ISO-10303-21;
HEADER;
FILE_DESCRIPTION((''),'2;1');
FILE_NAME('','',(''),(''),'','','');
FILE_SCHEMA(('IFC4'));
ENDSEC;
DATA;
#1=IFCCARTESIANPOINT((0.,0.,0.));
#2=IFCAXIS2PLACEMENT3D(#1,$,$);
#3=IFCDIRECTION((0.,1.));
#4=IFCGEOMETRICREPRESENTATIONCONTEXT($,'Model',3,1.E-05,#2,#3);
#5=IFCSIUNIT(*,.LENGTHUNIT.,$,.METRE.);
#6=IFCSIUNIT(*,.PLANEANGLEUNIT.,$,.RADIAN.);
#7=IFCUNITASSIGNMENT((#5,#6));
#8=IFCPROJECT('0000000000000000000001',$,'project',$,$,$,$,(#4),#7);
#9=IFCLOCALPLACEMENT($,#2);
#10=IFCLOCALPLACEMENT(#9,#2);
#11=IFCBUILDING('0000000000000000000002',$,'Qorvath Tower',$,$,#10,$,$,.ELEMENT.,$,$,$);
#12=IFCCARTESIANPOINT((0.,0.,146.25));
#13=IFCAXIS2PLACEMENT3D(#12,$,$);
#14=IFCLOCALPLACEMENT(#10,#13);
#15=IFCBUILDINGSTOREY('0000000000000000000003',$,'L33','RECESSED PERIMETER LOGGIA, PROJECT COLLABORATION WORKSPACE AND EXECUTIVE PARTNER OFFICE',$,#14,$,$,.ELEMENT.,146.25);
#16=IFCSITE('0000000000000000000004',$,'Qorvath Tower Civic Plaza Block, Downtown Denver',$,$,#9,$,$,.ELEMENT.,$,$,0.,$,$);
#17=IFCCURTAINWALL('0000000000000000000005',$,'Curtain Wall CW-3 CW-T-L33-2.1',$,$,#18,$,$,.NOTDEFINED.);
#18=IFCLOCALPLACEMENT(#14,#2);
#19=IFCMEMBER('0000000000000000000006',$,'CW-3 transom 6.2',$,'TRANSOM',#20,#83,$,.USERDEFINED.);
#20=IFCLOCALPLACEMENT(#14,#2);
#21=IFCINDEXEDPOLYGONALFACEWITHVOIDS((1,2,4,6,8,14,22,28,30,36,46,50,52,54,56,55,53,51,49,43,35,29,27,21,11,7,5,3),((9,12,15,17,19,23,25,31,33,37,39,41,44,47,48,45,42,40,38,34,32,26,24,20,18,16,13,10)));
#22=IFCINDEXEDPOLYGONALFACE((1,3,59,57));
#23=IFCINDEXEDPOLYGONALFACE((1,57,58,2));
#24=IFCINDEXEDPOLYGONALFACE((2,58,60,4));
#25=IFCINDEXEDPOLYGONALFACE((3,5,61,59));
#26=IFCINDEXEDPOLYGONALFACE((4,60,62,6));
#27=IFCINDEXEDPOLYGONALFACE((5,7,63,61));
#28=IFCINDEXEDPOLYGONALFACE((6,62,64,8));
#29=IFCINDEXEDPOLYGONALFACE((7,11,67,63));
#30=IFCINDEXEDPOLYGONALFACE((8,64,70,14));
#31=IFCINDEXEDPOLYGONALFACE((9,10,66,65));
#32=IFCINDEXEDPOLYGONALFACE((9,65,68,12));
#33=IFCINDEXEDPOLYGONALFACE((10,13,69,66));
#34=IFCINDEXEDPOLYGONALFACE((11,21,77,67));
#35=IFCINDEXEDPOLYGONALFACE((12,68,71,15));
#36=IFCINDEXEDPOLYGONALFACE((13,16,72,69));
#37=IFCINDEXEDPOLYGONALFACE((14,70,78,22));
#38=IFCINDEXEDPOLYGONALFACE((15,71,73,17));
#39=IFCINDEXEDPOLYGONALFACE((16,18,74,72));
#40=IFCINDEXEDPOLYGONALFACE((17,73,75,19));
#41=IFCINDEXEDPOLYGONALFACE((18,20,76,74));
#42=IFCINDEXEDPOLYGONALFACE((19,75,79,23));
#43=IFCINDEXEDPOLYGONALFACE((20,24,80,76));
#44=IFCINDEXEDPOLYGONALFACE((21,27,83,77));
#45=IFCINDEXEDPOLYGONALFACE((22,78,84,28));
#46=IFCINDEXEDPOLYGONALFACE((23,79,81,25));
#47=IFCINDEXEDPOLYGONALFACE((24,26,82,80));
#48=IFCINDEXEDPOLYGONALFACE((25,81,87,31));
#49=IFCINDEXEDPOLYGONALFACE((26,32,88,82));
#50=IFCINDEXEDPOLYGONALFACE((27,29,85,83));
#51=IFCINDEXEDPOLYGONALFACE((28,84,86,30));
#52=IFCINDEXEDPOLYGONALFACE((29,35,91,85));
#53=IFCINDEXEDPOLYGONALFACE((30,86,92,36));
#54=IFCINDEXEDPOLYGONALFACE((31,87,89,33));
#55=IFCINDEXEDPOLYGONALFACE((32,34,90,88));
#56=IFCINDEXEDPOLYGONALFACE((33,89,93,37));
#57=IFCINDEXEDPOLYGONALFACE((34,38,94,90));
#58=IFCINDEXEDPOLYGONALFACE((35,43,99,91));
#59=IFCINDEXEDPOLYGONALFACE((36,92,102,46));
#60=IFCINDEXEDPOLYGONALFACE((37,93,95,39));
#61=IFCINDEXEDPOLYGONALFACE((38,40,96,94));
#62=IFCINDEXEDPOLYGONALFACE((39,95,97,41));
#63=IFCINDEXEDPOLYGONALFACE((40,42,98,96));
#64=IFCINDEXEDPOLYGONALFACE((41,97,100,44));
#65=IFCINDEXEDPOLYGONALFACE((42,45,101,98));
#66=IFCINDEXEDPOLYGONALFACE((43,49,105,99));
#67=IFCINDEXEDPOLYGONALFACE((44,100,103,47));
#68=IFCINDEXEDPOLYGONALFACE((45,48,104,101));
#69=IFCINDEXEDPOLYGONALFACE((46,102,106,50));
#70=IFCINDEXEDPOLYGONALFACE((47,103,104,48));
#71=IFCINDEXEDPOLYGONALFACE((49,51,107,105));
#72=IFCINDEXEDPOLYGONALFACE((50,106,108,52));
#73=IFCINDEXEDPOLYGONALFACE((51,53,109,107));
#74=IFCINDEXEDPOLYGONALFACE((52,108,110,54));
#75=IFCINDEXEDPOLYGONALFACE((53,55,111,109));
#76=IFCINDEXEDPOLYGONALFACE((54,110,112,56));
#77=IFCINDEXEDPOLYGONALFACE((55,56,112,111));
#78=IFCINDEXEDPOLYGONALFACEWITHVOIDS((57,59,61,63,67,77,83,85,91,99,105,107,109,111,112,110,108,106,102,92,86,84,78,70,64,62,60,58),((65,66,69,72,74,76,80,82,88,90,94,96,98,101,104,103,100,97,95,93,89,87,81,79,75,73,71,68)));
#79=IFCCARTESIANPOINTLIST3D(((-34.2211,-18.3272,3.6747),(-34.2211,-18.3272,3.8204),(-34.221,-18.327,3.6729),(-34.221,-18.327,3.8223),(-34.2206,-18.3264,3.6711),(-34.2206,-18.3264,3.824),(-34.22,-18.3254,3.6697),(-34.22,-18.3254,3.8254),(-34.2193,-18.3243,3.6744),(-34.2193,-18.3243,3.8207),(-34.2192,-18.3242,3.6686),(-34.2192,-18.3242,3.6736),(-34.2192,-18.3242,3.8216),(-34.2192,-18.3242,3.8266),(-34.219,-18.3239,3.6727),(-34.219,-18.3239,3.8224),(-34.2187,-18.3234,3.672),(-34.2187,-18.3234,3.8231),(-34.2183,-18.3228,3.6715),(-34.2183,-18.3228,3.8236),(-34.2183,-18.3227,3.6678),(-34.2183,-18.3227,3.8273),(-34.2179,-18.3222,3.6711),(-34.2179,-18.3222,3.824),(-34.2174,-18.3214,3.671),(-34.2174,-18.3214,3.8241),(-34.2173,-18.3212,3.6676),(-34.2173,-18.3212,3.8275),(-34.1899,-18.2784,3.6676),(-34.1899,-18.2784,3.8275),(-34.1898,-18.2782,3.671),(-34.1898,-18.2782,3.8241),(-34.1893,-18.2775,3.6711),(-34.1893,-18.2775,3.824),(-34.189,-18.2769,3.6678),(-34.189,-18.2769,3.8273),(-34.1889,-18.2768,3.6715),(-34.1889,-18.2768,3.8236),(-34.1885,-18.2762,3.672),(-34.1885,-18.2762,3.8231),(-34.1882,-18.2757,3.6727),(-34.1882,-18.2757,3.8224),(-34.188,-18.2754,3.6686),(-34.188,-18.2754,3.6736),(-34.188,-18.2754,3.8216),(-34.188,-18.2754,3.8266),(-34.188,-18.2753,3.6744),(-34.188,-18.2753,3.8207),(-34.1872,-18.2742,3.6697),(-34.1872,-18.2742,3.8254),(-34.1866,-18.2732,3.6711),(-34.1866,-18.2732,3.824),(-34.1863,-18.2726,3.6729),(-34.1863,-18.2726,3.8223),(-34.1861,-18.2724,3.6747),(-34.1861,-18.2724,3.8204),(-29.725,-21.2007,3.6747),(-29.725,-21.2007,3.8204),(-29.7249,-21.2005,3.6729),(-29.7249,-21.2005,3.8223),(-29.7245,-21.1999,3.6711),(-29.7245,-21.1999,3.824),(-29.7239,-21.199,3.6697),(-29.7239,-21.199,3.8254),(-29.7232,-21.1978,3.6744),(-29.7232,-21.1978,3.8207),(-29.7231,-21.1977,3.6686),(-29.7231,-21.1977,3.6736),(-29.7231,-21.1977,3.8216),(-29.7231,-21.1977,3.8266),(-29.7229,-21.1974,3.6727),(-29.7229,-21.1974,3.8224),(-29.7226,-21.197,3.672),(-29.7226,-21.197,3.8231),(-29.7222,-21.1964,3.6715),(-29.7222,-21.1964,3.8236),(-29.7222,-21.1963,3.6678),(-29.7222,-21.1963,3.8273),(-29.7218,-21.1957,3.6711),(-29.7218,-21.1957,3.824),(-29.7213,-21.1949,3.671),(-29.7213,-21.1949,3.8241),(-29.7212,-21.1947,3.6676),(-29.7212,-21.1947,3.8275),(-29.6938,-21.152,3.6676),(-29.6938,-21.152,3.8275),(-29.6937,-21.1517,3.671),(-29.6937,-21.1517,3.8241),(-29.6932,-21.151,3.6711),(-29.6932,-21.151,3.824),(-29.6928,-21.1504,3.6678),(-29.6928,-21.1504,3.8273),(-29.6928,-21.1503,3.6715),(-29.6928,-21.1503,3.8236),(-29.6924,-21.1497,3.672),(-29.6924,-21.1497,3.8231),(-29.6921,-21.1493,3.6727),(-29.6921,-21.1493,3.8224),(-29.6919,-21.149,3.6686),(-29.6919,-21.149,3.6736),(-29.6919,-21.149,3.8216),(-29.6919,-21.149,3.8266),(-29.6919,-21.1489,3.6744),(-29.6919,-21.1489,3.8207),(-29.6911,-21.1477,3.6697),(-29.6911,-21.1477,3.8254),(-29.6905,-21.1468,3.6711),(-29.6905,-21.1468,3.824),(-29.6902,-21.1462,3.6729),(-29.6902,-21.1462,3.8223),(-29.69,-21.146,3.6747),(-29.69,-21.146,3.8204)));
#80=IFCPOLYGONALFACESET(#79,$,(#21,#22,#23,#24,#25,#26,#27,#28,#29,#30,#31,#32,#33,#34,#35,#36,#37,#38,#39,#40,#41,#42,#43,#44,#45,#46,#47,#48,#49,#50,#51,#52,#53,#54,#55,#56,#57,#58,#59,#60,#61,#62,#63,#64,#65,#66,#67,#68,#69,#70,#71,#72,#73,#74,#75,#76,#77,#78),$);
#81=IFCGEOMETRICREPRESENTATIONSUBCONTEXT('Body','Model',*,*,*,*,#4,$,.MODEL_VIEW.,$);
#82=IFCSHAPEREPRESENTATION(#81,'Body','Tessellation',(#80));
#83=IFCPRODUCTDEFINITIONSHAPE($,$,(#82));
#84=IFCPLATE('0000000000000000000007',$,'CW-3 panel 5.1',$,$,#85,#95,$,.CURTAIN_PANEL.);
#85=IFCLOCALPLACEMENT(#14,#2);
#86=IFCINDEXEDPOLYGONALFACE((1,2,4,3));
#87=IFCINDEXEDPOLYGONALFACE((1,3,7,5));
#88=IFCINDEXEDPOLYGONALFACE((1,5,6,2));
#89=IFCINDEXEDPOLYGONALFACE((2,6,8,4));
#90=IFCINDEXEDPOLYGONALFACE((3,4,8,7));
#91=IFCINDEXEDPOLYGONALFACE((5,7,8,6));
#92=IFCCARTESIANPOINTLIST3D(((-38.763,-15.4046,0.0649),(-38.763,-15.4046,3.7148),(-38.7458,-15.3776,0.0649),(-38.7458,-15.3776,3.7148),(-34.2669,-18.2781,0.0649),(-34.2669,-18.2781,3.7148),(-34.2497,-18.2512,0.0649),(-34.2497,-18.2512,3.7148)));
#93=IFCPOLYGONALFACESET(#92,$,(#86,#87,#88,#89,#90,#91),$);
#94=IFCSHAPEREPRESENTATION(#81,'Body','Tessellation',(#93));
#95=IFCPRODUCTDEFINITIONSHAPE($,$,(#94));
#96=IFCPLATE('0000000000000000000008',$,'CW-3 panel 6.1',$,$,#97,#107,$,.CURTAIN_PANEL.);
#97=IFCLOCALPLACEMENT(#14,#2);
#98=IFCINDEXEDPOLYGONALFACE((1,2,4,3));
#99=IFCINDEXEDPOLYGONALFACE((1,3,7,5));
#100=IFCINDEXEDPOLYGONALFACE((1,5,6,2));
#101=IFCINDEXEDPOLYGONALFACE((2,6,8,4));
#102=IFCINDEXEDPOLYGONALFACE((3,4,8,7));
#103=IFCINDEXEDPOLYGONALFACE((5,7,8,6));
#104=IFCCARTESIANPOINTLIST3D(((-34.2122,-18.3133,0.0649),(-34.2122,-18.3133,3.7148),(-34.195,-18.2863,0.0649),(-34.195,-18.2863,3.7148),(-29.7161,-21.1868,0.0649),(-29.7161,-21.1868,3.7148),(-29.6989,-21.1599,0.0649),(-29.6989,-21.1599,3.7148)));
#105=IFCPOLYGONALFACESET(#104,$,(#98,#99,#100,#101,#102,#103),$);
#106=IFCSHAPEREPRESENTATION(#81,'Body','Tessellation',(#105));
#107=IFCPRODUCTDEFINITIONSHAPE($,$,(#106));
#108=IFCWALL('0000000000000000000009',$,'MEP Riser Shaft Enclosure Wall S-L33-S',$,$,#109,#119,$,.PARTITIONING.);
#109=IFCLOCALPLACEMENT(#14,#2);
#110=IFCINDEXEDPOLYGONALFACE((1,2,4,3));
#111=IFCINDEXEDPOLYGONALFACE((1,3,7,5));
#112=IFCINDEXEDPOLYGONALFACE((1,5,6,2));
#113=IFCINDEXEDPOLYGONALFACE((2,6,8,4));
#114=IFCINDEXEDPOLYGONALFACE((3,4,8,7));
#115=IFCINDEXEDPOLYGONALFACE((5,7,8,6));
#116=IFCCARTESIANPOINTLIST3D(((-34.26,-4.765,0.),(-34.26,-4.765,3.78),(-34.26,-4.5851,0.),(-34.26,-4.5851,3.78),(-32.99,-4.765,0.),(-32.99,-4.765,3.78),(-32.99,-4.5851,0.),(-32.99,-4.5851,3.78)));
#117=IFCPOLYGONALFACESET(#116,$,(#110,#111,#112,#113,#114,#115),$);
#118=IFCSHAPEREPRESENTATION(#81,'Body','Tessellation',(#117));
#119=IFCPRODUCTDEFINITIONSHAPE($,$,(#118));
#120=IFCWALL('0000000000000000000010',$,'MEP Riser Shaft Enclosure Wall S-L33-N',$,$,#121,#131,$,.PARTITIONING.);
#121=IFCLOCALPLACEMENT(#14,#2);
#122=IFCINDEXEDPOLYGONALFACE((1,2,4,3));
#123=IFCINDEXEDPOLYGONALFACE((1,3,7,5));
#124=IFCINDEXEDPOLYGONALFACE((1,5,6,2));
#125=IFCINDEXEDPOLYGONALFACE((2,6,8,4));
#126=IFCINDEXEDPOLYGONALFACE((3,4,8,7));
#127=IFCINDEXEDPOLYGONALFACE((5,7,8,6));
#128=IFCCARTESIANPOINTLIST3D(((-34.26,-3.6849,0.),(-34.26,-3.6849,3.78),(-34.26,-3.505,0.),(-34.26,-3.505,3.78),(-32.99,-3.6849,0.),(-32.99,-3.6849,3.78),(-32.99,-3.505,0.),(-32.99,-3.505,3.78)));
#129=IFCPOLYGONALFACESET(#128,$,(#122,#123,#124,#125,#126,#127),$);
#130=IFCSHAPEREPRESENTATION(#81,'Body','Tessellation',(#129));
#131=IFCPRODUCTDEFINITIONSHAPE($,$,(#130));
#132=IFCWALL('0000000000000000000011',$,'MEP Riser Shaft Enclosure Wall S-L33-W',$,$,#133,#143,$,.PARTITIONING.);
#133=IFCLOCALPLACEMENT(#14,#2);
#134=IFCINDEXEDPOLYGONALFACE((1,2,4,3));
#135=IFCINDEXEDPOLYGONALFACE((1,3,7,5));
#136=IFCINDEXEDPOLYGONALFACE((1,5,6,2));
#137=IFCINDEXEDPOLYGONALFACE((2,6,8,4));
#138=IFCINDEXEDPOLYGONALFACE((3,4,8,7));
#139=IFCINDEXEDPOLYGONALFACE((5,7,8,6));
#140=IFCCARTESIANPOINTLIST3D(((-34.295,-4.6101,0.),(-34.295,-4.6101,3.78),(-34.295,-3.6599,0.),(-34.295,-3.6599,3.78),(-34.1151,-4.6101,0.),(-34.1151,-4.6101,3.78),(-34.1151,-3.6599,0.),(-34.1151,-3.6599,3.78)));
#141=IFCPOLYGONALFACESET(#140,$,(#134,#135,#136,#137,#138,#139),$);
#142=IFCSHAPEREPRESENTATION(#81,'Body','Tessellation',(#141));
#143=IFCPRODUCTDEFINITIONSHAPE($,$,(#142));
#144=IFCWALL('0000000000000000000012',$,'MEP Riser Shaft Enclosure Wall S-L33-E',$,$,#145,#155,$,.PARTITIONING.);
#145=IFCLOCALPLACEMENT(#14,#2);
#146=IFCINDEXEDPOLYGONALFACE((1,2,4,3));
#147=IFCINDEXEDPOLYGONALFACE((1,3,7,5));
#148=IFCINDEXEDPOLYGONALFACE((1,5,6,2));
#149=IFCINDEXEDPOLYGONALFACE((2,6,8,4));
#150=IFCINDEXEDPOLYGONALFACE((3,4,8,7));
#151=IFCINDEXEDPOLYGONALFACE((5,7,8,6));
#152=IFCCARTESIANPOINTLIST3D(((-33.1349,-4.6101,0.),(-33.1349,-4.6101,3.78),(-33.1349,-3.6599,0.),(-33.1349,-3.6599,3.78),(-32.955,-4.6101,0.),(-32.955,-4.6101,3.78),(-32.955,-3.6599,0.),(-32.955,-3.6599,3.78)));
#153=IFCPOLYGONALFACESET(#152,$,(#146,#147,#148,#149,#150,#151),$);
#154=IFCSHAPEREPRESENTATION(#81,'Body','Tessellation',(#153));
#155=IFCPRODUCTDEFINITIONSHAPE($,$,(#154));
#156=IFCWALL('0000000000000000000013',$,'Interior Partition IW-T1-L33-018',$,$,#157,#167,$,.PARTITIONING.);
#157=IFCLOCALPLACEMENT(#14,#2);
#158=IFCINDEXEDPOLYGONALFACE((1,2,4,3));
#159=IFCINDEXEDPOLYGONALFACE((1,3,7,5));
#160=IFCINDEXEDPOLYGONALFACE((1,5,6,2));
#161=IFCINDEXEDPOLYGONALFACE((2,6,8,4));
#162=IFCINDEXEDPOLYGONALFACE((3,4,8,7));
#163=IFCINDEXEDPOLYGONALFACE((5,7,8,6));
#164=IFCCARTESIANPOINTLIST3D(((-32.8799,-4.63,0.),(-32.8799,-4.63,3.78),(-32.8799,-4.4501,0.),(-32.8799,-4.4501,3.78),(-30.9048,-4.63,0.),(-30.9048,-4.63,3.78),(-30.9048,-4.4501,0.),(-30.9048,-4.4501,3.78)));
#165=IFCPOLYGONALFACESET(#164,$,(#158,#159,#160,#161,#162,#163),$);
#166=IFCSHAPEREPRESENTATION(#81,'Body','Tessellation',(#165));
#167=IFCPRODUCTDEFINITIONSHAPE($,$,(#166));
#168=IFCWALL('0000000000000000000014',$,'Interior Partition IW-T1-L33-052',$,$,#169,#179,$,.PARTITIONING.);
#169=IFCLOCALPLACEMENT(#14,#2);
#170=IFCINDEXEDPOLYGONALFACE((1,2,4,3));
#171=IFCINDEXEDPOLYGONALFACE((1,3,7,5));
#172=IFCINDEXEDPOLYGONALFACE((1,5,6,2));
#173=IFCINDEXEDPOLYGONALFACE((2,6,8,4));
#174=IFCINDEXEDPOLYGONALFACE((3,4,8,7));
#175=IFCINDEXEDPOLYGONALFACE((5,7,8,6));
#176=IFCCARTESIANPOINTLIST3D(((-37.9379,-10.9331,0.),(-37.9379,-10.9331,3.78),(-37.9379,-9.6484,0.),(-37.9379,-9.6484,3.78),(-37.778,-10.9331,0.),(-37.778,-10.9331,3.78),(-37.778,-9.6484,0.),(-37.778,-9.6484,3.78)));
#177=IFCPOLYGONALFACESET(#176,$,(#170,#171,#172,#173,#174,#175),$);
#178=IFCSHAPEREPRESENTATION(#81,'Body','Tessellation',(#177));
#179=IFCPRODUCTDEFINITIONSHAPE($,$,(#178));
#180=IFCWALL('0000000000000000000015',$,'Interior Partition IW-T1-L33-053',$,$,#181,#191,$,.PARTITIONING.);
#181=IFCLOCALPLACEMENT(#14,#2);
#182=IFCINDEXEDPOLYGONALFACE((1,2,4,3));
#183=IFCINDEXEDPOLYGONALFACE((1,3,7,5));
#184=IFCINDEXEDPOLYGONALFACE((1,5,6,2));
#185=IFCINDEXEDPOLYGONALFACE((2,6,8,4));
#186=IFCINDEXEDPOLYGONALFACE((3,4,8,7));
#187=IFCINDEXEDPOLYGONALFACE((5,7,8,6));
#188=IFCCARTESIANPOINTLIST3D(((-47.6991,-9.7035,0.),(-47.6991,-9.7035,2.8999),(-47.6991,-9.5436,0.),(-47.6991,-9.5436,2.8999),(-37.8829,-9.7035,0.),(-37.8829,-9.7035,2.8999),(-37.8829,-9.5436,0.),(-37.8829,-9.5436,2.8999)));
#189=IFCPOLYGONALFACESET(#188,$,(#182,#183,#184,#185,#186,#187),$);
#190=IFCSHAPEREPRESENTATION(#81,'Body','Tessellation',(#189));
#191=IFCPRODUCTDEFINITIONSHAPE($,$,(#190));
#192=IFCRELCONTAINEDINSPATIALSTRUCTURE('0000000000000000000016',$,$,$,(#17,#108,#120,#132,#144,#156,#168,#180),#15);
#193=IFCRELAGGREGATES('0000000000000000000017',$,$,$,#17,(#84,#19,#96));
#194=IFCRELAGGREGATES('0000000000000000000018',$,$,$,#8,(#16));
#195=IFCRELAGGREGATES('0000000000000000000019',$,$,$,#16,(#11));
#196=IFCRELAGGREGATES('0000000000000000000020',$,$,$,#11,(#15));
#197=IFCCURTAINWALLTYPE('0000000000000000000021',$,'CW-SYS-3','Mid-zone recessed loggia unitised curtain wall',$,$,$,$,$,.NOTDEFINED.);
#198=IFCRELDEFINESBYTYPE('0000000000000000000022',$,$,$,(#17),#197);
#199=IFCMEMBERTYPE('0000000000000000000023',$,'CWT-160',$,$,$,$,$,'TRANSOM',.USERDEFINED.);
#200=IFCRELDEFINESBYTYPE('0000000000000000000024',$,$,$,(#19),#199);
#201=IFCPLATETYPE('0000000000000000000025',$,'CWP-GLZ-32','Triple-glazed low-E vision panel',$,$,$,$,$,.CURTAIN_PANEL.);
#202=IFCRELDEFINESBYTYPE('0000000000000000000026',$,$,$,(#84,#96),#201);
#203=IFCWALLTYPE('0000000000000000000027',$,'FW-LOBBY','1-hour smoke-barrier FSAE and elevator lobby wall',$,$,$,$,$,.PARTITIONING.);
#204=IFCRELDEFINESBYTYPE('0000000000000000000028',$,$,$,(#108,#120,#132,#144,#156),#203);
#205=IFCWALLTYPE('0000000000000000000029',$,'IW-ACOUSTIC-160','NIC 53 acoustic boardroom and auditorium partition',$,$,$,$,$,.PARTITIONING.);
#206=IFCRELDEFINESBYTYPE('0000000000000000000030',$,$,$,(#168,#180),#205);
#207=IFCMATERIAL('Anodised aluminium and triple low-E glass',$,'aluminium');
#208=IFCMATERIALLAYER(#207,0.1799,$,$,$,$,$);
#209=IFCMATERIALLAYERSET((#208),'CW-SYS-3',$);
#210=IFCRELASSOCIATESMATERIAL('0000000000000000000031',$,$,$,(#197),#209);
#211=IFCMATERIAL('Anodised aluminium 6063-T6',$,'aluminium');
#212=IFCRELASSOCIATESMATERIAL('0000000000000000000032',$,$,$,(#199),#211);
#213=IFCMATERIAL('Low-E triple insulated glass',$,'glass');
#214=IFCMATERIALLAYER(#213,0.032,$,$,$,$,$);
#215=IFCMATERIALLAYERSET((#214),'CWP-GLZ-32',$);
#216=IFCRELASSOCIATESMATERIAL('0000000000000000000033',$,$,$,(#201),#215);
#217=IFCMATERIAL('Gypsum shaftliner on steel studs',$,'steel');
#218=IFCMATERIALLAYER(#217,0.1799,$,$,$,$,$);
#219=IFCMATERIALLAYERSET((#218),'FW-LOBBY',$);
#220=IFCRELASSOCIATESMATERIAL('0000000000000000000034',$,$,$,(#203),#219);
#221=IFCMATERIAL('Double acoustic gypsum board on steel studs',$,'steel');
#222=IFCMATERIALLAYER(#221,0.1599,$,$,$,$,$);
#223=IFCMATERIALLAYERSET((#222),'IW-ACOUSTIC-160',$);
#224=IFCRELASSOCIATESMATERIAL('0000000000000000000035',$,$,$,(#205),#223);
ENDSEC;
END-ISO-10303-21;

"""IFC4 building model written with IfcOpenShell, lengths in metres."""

from ifc_helpers import new_model, si_unit, direction, frame, frame_2d, origin, origin_2d, place, context, subcontext, project, spatial, rectangle, hollow_rectangle, extrude, material, layer, layer_set, material_profile, profile_set, type_object, element, aggregate, save


model = new_model("IFC4")

# Units and contexts
model_context = context("Model", 3, precision=1e-05, world=origin(), true_north=direction((0.0, 1.0)))
body_context = subcontext(model_context, "Body", "Model", "MODEL_VIEW")
ifc_project = project(units=[si_unit("LENGTHUNIT", "METRE"), si_unit("PLANEANGLEUNIT", "RADIAN")], contexts=[model_context])

# Site, building, storey
site_placement = place(None, origin())
site = spatial("IfcSite", under=ifc_project, at=site_placement, Name="Qorvath Tower Civic Plaza Block, Downtown Denver", CompositionType="ELEMENT", RefElevation=0.0)
building_placement = place(site_placement, origin())
building = spatial("IfcBuilding", under=site, at=building_placement, Name="Qorvath Tower", CompositionType="ELEMENT")
storey_placement = place(building_placement, frame((0.0, 0.0, 146.25)))
storey = spatial("IfcBuildingStorey", under=building, at=storey_placement, Name="L33", Description="RECESSED PERIMETER LOGGIA, PROJECT COLLABORATION WORKSPACE AND EXECUTIVE PARTNER OFFICE", CompositionType="ELEMENT", Elevation=146.25)

# Curtain wall, member, plates
ifc_material_1 = material(Name="Anodised aluminium and triple low-E glass", Category="aluminium")
ifc_layer_1 = layer(ifc_material_1, 0.1799)
ifc_layer_set_1 = layer_set([ifc_layer_1], Name="CW-SYS-3")
curtain_wall_type = type_object("IfcCurtainWallType", Name="CW-SYS-3", Description="Mid-zone recessed loggia unitised curtain wall", PredefinedType="NOTDEFINED", material=ifc_layer_set_1)
curtain_wall_placement = place(storey_placement, origin())
curtain_wall = element("IfcCurtainWall", 1, at=curtain_wall_placement, inside=storey, type_object=curtain_wall_type, Name="Curtain Wall CW-3 CW-T-L33-2.1", PredefinedType="NOTDEFINED")
ifc_material_2 = material(Name="Anodised aluminium 6063-T6", Category="aluminium")
ifc_material_profile_1 = material_profile(ifc_material_2, hollow_rectangle(XDim=0.0649, YDim=0.1599, WallThickness=0.0034, InnerFilletRadius=0.0034, OuterFilletRadius=0.0071, at=origin_2d()), Name="CWT 160x65")
ifc_profile_set_1 = profile_set([ifc_material_profile_1], Name="Anodised aluminium 6063-T6")
member_type_1 = type_object("IfcMemberType", Name="CWT-160", ElementType="TRANSOM", PredefinedType="USERDEFINED", material=ifc_profile_set_1)
member_1_placement = place(storey_placement, frame((-34.2036, -18.2998, 3.7476), z_axis=(0.842609, -0.538526, 0.0), x_axis=(0.538526, 0.842609, 0.0)))
member_1 = element("IfcMember", 2, at=member_1_placement, type_object=member_type_1, Name="CW-3 transom 6.2", ObjectType="TRANSOM", PredefinedType="USERDEFINED", context=body_context, shape_type="SweptSolid", body=[
    extrude(hollow_rectangle(XDim=0.0649, YDim=0.1599, WallThickness=0.0034, InnerFilletRadius=0.0034, OuterFilletRadius=0.0071, at=origin_2d()), origin(), (0.0, 0.0, 1.0), 5.3359),
])
ifc_material_3 = material(Name="Low-E triple insulated glass", Category="glass")
ifc_layer_2 = layer(ifc_material_3, 0.032)
ifc_layer_set_2 = layer_set([ifc_layer_2], Name="CWP-GLZ-32")
plate_type = type_object("IfcPlateType", Name="CWP-GLZ-32", Description="Triple-glazed low-E vision panel", PredefinedType="CURTAIN_PANEL", material=ifc_layer_set_2)
plate_1_placement = place(storey_placement, frame((-36.5063, -16.8279, 0.0649), z_axis=(0.0, 0.0, 1.0), x_axis=(0.842604, -0.538533, 0.0)))
plate_1 = element("IfcPlate", 3, at=plate_1_placement, type_object=plate_type, Name="CW-3 panel 5.1", PredefinedType="CURTAIN_PANEL", context=body_context, shape_type="SweptSolid", body=[
    extrude(rectangle(XDim=5.3359, YDim=0.032, at=origin_2d()), origin(), (0.0, 0.0, 1.0), 3.6499),
])
plate_2_placement = place(storey_placement, frame((-31.9556, -19.7366, 0.0649), z_axis=(0.0, 0.0, 1.0), x_axis=(0.842604, -0.538533, 0.0)))
plate_2 = element("IfcPlate", 4, at=plate_2_placement, type_object=plate_type, Name="CW-3 panel 6.1", PredefinedType="CURTAIN_PANEL", context=body_context, shape_type="SweptSolid", body=[
    extrude(rectangle(XDim=5.3359, YDim=0.032, at=origin_2d()), origin(), (0.0, 0.0, 1.0), 3.6499),
])
aggregate(curtain_wall, [plate_1, member_1, plate_2])

# Walls
ifc_material_4 = material(Name="Gypsum shaftliner on steel studs", Category="steel")
ifc_layer_3 = layer(ifc_material_4, 0.1799)
ifc_layer_set_3 = layer_set([ifc_layer_3], Name="FW-LOBBY")
wall_type_1 = type_object("IfcWallType", Name="FW-LOBBY", Description="1-hour smoke-barrier FSAE and elevator lobby wall", PredefinedType="PARTITIONING", material=ifc_layer_set_3)
for number, where, z_axis, x_axis, name in (
    (5, (-32.99, -4.675, 0.0), (0.0, 0.0, 1.0), (-1.0, 0.0, 0.0), "MEP Riser Shaft Enclosure Wall S-L33-S"),
    (6, (-34.26, -3.595, 0.0), (0.0, 0.0, 1.0), (1.0, 0.0, 0.0), "MEP Riser Shaft Enclosure Wall S-L33-N"),
):
    element("IfcWall", number, at=place(storey_placement, frame(where, z_axis=z_axis, x_axis=x_axis)), inside=storey, type_object=wall_type_1, Name=name, PredefinedType="PARTITIONING", context=body_context, shape_type="SweptSolid", body=[
        extrude(rectangle(XDim=1.27, YDim=0.1799, at=frame_2d((0.635, 0.0))), origin(), (0.0, 0.0, 1.0), 3.78),
    ])
for number, where, z_axis, x_axis, name in (
    (7, (-34.2051, -4.6101, 0.0), (0.0, 0.0, 1.0), (0.0, 1.0, 0.0), "MEP Riser Shaft Enclosure Wall S-L33-W"),
    (8, (-33.0449, -3.6599, 0.0), (0.0, 0.0, 1.0), (0.0, -1.0, 0.0), "MEP Riser Shaft Enclosure Wall S-L33-E"),
):
    element("IfcWall", number, at=place(storey_placement, frame(where, z_axis=z_axis, x_axis=x_axis)), inside=storey, type_object=wall_type_1, Name=name, PredefinedType="PARTITIONING", context=body_context, shape_type="SweptSolid", body=[
        extrude(rectangle(XDim=0.9502, YDim=0.1799, at=frame_2d((0.4751, 0.0))), origin(), (0.0, 0.0, 1.0), 3.78),
    ])
wall_1_placement = place(storey_placement, frame((-32.8799, -4.54, 0.0), z_axis=(0.0, 0.0, 1.0), x_axis=(1.0, 0.0, 0.0)))
element("IfcWall", 9, at=wall_1_placement, inside=storey, type_object=wall_type_1, Name="Interior Partition IW-T1-L33-018", PredefinedType="PARTITIONING", context=body_context, shape_type="SweptSolid", body=[
    extrude(rectangle(XDim=1.9751, YDim=0.1799, at=frame_2d((0.9875, 0.0))), origin(), (0.0, 0.0, 1.0), 3.78),
])

# Shared definitions
ifc_material_5 = material(Name="Double acoustic gypsum board on steel studs", Category="steel")
ifc_layer_4 = layer(ifc_material_5, 0.1599)
ifc_layer_set_4 = layer_set([ifc_layer_4], Name="IW-ACOUSTIC-160")
wall_type_2 = type_object("IfcWallType", Name="IW-ACOUSTIC-160", Description="NIC 53 acoustic boardroom and auditorium partition", PredefinedType="PARTITIONING", material=ifc_layer_set_4)

# Walls
wall_2_placement = place(storey_placement, frame((-37.8579, -10.9331, 0.0), z_axis=(0.0, 0.0, 1.0), x_axis=(0.0, 1.0, 0.0)))
element("IfcWall", 10, at=wall_2_placement, inside=storey, type_object=wall_type_2, Name="Interior Partition IW-T1-L33-052", PredefinedType="PARTITIONING", context=body_context, shape_type="SweptSolid", body=[
    extrude(rectangle(XDim=1.2847, YDim=0.1599, at=frame_2d((0.6423, 0.0))), origin(), (0.0, 0.0, 1.0), 3.78),
])
wall_3_placement = place(storey_placement, frame((-37.8828, -9.6235, 0.0), z_axis=(0.0, 0.0, 1.0), x_axis=(-1.0, 0.0, 0.0)))
element("IfcWall", 11, at=wall_3_placement, inside=storey, type_object=wall_type_2, Name="Interior Partition IW-T1-L33-053", PredefinedType="PARTITIONING", context=body_context, shape_type="SweptSolid", body=[
    extrude(rectangle(XDim=9.8162, YDim=0.1599, at=frame_2d((4.9082, 0.0))), origin(), (0.0, 0.0, 1.0), 2.8999),
])

save(model, "model.ifc")
